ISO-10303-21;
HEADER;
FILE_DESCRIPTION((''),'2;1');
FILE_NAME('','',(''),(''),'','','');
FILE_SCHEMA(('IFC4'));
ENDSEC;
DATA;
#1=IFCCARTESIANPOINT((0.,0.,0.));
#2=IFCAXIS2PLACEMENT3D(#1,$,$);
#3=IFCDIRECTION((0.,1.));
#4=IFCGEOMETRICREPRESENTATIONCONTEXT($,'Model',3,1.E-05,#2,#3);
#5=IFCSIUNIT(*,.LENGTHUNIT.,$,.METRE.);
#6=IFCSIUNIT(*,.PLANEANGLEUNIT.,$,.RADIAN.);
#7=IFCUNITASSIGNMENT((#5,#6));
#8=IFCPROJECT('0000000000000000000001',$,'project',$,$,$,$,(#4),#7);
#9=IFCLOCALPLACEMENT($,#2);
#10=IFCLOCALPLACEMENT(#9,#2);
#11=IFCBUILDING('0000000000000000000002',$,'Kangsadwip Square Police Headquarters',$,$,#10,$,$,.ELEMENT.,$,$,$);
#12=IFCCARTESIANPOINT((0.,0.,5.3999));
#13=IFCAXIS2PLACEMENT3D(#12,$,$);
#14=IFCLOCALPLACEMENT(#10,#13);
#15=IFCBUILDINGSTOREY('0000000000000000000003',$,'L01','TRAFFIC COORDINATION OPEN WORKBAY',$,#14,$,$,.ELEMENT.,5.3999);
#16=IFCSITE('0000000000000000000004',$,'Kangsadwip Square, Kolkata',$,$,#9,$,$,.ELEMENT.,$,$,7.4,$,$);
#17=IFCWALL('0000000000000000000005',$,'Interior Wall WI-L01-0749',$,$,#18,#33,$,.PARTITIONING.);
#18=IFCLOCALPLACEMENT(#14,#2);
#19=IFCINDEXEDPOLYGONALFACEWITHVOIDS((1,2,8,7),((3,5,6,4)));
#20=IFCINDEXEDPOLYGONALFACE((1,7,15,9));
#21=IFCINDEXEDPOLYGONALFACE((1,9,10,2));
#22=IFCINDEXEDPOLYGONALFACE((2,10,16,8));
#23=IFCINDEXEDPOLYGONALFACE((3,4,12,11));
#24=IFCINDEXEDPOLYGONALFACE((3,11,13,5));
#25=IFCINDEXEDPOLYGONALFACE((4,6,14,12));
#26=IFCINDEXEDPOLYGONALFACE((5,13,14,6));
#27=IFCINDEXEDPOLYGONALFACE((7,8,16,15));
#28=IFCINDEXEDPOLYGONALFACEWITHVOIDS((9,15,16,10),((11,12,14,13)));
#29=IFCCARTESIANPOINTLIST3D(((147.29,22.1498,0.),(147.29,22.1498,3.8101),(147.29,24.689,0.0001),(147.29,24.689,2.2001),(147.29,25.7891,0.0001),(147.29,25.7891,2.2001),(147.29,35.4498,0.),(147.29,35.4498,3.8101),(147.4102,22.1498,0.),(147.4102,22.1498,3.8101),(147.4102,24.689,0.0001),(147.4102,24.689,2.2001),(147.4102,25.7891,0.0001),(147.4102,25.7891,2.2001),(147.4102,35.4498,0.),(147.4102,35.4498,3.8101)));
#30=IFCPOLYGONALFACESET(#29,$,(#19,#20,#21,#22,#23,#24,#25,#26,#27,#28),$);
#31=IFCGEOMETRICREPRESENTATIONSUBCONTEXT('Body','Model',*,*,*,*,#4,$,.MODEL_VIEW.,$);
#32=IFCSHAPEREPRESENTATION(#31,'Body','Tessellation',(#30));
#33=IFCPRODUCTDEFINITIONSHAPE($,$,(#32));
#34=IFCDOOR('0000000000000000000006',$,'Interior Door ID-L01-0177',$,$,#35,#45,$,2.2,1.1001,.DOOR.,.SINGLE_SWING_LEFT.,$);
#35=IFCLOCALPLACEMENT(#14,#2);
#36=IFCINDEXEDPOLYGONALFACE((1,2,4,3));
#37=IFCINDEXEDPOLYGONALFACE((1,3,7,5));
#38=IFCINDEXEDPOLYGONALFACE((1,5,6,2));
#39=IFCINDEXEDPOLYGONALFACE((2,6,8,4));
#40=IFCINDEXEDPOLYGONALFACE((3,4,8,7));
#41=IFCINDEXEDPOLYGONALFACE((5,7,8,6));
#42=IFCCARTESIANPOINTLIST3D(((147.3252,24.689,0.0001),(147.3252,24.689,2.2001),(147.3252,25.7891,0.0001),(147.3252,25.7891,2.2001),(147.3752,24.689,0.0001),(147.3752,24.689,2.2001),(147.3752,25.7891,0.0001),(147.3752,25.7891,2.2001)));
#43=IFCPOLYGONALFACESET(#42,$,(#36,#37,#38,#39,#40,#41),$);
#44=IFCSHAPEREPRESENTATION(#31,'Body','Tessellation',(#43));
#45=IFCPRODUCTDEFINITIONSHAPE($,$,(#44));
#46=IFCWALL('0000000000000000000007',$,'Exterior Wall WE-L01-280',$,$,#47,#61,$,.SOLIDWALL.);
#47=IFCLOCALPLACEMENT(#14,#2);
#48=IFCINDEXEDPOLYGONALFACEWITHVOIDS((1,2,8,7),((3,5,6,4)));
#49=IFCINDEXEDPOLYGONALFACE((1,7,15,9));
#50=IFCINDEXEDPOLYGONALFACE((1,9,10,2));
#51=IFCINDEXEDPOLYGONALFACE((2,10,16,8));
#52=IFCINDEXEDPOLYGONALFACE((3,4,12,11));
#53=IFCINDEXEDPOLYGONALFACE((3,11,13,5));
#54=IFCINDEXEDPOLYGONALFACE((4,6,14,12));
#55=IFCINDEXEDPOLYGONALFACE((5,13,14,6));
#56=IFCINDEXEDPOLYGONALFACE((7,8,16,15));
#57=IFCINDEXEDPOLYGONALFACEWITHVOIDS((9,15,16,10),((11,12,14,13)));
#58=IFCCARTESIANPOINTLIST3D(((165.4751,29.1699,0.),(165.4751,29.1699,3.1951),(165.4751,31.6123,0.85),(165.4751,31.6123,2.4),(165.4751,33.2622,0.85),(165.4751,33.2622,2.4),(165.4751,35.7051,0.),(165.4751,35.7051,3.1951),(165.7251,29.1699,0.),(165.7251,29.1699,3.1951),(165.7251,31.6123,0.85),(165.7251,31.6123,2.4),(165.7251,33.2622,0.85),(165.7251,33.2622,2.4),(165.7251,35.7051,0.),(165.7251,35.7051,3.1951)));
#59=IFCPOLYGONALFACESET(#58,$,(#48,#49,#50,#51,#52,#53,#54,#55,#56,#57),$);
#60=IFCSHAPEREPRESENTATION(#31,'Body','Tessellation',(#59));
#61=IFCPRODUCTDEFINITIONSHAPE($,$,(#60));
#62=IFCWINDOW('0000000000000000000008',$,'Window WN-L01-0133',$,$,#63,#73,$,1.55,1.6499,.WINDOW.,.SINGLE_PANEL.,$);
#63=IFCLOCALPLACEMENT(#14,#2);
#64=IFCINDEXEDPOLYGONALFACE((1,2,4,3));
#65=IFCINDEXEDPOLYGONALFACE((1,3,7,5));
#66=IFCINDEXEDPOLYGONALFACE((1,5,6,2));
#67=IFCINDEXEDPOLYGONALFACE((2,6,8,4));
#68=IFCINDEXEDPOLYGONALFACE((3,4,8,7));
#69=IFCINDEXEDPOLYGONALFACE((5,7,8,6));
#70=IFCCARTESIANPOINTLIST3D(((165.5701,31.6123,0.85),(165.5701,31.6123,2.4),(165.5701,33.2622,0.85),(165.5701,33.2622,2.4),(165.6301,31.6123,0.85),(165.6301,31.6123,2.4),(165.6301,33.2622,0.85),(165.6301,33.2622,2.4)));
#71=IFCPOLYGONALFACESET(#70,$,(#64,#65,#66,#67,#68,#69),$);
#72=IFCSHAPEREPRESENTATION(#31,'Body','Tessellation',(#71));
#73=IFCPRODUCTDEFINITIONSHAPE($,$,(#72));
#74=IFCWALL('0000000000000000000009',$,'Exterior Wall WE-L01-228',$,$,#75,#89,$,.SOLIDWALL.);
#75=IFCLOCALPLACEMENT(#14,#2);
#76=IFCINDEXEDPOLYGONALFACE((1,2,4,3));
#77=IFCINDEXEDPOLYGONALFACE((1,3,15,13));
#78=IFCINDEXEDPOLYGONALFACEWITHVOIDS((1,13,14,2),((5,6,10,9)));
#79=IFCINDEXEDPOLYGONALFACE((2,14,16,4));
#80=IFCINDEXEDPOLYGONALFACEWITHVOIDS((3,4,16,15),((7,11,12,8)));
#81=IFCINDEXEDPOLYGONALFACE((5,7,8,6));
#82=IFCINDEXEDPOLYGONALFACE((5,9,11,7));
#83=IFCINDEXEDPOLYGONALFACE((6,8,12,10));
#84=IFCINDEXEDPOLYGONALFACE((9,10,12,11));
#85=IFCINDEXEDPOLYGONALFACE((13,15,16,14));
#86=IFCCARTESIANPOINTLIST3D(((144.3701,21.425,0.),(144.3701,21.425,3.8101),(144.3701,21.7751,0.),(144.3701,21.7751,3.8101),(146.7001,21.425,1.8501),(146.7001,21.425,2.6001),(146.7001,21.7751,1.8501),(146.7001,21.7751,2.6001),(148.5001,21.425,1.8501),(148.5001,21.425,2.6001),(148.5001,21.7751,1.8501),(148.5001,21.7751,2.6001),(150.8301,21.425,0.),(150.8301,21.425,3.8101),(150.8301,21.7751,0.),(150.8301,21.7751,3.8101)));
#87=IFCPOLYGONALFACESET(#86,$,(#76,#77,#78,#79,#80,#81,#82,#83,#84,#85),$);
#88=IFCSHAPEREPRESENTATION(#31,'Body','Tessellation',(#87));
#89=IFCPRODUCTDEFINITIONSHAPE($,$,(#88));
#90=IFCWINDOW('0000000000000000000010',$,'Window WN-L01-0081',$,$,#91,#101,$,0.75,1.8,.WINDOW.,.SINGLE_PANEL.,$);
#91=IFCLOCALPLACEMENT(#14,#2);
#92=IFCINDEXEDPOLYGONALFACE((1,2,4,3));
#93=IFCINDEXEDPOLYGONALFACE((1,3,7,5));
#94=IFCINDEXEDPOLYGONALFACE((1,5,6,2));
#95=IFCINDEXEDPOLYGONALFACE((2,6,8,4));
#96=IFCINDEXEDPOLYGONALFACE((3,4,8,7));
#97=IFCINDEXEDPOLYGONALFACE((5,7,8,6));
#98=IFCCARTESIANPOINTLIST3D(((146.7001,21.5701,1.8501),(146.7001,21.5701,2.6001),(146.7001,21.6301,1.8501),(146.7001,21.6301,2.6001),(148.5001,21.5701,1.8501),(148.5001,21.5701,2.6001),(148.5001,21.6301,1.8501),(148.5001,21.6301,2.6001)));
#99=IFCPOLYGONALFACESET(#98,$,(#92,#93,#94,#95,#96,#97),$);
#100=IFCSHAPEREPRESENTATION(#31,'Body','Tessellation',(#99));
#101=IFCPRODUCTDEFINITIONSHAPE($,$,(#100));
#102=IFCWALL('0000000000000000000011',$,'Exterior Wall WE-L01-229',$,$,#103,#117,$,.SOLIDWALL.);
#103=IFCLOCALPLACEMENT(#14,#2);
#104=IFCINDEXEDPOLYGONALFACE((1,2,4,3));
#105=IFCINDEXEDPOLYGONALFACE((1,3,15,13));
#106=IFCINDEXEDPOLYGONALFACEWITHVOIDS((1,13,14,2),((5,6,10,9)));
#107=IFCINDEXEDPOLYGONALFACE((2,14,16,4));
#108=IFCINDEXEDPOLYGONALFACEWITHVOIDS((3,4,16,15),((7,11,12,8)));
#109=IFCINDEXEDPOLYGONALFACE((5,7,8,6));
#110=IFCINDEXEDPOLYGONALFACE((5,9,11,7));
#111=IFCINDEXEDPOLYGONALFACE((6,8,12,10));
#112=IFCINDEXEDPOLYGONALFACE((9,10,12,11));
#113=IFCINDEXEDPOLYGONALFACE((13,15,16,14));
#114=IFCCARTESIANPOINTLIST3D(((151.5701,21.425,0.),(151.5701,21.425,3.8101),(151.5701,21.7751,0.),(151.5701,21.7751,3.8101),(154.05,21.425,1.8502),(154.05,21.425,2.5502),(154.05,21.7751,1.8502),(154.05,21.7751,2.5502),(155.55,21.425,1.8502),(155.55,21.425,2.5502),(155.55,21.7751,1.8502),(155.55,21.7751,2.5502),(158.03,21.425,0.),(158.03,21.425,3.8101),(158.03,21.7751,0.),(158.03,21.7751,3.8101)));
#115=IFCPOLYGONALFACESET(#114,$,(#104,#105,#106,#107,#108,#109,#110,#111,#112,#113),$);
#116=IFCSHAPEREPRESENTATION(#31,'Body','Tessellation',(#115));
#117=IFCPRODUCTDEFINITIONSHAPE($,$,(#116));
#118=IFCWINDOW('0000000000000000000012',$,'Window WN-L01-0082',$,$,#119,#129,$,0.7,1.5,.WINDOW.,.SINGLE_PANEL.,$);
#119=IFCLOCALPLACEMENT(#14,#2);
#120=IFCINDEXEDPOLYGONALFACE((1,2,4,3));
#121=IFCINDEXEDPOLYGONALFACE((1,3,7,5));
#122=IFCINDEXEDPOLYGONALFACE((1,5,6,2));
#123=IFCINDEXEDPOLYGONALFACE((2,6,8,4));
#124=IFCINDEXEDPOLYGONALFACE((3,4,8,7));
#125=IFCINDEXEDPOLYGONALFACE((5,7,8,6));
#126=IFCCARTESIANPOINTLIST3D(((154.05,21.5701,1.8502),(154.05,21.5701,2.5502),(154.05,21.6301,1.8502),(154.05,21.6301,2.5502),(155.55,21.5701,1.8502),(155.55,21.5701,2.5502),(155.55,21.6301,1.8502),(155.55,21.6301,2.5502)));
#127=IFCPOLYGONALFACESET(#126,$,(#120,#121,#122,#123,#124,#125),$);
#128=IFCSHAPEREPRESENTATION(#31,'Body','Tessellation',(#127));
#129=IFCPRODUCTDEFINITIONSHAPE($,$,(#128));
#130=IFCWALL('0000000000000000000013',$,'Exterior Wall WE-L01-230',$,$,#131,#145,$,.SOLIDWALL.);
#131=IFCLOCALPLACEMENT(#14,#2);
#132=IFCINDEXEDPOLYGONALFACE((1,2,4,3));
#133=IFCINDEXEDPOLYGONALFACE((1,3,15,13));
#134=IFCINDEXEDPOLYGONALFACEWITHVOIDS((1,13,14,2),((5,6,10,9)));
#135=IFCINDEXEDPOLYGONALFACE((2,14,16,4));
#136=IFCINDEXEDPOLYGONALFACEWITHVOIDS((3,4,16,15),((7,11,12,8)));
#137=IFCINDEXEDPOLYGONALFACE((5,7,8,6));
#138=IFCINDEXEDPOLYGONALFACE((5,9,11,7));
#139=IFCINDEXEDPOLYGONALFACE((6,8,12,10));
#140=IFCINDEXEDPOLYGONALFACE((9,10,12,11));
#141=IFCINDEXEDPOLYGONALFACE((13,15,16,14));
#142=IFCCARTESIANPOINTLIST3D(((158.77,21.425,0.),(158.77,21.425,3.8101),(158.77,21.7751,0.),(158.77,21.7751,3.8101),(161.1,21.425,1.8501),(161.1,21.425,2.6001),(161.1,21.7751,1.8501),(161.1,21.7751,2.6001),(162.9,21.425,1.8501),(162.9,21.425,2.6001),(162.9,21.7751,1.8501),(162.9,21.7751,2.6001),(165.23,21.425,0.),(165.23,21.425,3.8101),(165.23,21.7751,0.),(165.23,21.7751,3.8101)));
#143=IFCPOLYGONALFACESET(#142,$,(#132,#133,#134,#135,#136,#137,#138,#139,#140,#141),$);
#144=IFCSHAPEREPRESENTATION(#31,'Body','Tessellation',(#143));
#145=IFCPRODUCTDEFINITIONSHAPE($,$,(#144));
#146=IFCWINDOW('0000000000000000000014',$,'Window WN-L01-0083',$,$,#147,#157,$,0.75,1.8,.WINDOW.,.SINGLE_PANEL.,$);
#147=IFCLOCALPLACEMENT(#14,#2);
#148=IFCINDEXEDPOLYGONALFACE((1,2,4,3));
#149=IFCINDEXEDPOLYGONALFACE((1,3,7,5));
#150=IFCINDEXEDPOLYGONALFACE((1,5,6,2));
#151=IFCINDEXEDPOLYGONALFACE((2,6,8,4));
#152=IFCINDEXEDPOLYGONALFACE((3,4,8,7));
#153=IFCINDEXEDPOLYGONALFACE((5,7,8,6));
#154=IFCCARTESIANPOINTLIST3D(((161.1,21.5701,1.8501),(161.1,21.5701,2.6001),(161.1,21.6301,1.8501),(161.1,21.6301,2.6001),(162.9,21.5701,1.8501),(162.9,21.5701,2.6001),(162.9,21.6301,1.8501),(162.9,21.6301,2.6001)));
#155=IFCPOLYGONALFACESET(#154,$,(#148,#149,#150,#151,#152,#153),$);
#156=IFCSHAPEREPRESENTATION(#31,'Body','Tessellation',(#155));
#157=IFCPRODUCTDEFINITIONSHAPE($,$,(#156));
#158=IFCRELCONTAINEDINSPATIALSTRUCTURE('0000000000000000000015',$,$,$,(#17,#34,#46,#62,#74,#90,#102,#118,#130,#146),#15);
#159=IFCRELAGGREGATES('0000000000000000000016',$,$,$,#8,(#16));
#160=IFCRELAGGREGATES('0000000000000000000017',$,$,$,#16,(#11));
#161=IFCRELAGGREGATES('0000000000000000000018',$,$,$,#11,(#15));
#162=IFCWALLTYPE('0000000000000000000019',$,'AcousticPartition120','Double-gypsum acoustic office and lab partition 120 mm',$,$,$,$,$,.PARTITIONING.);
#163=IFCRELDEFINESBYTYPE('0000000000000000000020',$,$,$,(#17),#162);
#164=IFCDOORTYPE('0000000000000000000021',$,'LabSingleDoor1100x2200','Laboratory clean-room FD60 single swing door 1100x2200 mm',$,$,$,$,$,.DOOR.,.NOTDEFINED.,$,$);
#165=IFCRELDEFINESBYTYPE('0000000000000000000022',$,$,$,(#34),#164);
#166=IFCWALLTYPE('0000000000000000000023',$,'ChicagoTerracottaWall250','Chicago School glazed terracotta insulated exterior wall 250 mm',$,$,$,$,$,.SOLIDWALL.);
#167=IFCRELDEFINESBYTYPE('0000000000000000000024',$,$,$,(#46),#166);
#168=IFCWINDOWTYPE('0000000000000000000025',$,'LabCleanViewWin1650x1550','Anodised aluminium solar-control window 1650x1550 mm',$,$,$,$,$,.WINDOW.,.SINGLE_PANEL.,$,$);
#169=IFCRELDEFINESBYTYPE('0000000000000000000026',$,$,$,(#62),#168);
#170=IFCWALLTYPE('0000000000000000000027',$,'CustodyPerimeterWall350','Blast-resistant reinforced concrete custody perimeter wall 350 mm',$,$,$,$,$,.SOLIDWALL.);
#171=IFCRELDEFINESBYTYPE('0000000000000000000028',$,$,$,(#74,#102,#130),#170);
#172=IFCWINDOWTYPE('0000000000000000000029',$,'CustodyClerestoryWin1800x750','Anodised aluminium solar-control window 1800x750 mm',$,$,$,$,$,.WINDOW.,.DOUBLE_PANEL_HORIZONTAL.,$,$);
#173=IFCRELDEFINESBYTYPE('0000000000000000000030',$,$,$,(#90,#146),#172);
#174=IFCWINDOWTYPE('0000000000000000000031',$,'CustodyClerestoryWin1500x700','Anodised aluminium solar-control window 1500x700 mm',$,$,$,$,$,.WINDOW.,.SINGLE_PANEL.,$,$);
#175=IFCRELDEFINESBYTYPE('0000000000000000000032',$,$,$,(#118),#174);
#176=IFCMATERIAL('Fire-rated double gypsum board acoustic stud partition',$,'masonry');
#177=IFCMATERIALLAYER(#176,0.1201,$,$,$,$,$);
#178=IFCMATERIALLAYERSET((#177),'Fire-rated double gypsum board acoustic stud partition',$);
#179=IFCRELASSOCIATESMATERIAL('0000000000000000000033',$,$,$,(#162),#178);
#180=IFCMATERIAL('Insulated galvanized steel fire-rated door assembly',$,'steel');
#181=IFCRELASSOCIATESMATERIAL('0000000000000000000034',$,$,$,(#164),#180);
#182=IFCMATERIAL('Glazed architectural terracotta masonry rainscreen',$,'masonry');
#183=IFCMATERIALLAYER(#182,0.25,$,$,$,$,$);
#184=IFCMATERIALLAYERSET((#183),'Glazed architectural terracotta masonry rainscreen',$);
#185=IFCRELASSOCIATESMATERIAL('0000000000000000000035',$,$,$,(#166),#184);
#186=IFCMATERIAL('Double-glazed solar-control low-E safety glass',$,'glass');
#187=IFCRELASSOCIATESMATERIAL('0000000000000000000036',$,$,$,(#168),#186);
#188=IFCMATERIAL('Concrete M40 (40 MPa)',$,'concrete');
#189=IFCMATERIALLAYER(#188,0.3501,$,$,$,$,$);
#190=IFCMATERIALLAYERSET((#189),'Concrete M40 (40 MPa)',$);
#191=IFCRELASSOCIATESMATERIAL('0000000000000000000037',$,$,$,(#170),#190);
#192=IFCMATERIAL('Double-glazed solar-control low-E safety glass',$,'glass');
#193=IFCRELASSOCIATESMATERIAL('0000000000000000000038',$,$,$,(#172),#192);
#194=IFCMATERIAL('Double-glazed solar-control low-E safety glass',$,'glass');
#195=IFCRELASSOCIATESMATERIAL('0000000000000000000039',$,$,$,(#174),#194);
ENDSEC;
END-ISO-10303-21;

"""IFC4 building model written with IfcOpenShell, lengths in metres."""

from ifc_helpers import new_model, si_unit, direction, frame, frame_2d, origin, place, context, subcontext, project, spatial, rectangle, extrude, material, layer, layer_set, type_object, element, fill, save


model = new_model("IFC4")

# Units and contexts
model_context = context("Model", 3, precision=1e-05, world=origin(), true_north=direction((0.0, 1.0)))
body_context = subcontext(model_context, "Body", "Model", "MODEL_VIEW")
ifc_project = project(units=[si_unit("LENGTHUNIT", "METRE"), si_unit("PLANEANGLEUNIT", "RADIAN")], contexts=[model_context])

# Site, building, storey
site_placement = place(None, origin())
site = spatial("IfcSite", under=ifc_project, at=site_placement, Name="Kangsadwip Square, Kolkata", CompositionType="ELEMENT", RefElevation=7.4)
building_placement = place(site_placement, origin())
building = spatial("IfcBuilding", under=site, at=building_placement, Name="Kangsadwip Square Police Headquarters", CompositionType="ELEMENT")
storey_placement = place(building_placement, frame((0.0, 0.0, 5.3999)))
storey = spatial("IfcBuildingStorey", under=building, at=storey_placement, Name="L01", Description="TRAFFIC COORDINATION OPEN WORKBAY", CompositionType="ELEMENT", Elevation=5.3999)

# Wall, opening, door
ifc_material_1 = material(Name="Fire-rated double gypsum board acoustic stud partition", Category="masonry")
ifc_layer_1 = layer(ifc_material_1, 0.1201)
ifc_layer_set_1 = layer_set([ifc_layer_1], Name="Fire-rated double gypsum board acoustic stud partition")
wall_type_1 = type_object("IfcWallType", Name="AcousticPartition120", Description="Double-gypsum acoustic office and lab partition 120 mm", PredefinedType="PARTITIONING", material=ifc_layer_set_1)
wall_1_placement = place(storey_placement, frame((147.3501, 22.1499, 0.0), z_axis=(0.0, 0.0, 1.0), x_axis=(0.0, 1.0, 0.0)))
wall_1 = element("IfcWall", 1, at=wall_1_placement, inside=storey, type_object=wall_type_1, Name="Interior Wall WI-L01-0749", PredefinedType="PARTITIONING", context=body_context, shape_type="SweptSolid", body=[
    extrude(rectangle(XDim=13.3, YDim=0.1201, at=frame_2d((6.6499, 0.0))), origin(), (0.0, 0.0, 1.0), 3.8101),
])
opening_1_placement = place(wall_1_placement, frame((2.5391, 0.0, 0.0)))
opening_1 = element("IfcOpeningElement", 2, at=opening_1_placement, cuts=wall_1, PredefinedType="OPENING", context=body_context, shape_type="SweptSolid", body=[
    extrude(rectangle(XDim=1.1001, YDim=2.2, at=frame_2d((0.55, 1.1001))), frame((0.0, 0.0701, 0.0), z_axis=(0.0, -1.0, 0.0), x_axis=(1.0, 0.0, 0.0)), (0.0, 0.0, 1.0), 0.1401),
])
ifc_material_2 = material(Name="Insulated galvanized steel fire-rated door assembly", Category="steel")
door_type = type_object("IfcDoorType", Name="LabSingleDoor1100x2200", Description="Laboratory clean-room FD60 single swing door 1100x2200 mm", OperationType="NOTDEFINED", PredefinedType="DOOR", material=ifc_material_2)
door_placement = place(opening_1_placement, origin())
door = element("IfcDoor", 3, at=door_placement, inside=storey, type_object=door_type, Name="Interior Door ID-L01-0177", OperationType="SINGLE_SWING_LEFT", OverallHeight=2.2, OverallWidth=1.1001, PredefinedType="DOOR", context=body_context, shape_type="SweptSolid", body=[
    extrude(rectangle(XDim=1.1001, YDim=2.2, at=frame_2d((0.55, 1.1001))), frame((0.0, 0.0249, 0.0), z_axis=(0.0, -1.0, 0.0), x_axis=(1.0, 0.0, 0.0)), (0.0, 0.0, 1.0), 0.05),
])
fill(opening_1, door)

# Walls, openings, windows
ifc_material_3 = material(Name="Glazed architectural terracotta masonry rainscreen", Category="masonry")
ifc_layer_2 = layer(ifc_material_3, 0.25)
ifc_layer_set_2 = layer_set([ifc_layer_2], Name="Glazed architectural terracotta masonry rainscreen")
wall_type_2 = type_object("IfcWallType", Name="ChicagoTerracottaWall250", Description="Chicago School glazed terracotta insulated exterior wall 250 mm", PredefinedType="SOLIDWALL", material=ifc_layer_set_2)
wall_2_placement = place(storey_placement, frame((165.6001, 29.1699, 0.0), z_axis=(0.0, 0.0, 1.0), x_axis=(0.0, 1.0, 0.0)))
wall_2 = element("IfcWall", 4, at=wall_2_placement, inside=storey, type_object=wall_type_2, Name="Exterior Wall WE-L01-280", PredefinedType="SOLIDWALL", context=body_context, shape_type="SweptSolid", body=[
    extrude(rectangle(XDim=6.5352, YDim=0.25, at=frame_2d((3.2676, 0.0))), origin(), (0.0, 0.0, 1.0), 3.1951),
])
opening_2_placement = place(wall_2_placement, frame((2.4424, 0.0, 0.8501)))
opening_2 = element("IfcOpeningElement", 5, at=opening_2_placement, cuts=wall_2, PredefinedType="OPENING", context=body_context, shape_type="SweptSolid", body=[
    extrude(rectangle(XDim=1.6499, YDim=1.55, at=frame_2d((0.825, 0.7749))), frame((0.0, 0.135, 0.0), z_axis=(0.0, -1.0, 0.0), x_axis=(1.0, 0.0, 0.0)), (0.0, 0.0, 1.0), 0.27),
])
ifc_material_4 = material(Name="Double-glazed solar-control low-E safety glass", Category="glass")
window_type_1 = type_object("IfcWindowType", Name="LabCleanViewWin1650x1550", Description="Anodised aluminium solar-control window 1650x1550 mm", PartitioningType="SINGLE_PANEL", PredefinedType="WINDOW", material=ifc_material_4)
window_1_placement = place(opening_2_placement, origin())
window_1 = element("IfcWindow", 6, at=window_1_placement, inside=storey, type_object=window_type_1, Name="Window WN-L01-0133", OverallHeight=1.55, OverallWidth=1.6499, PartitioningType="SINGLE_PANEL", PredefinedType="WINDOW", context=body_context, shape_type="SweptSolid", body=[
    extrude(rectangle(XDim=1.6499, YDim=1.55, at=frame_2d((0.825, 0.7749))), frame((0.0, 0.03, 0.0), z_axis=(0.0, -1.0, 0.0), x_axis=(1.0, 0.0, 0.0)), (0.0, 0.0, 1.0), 0.0601),
])
fill(opening_2, window_1)
ifc_material_5 = material(Name="Concrete M40 (40 MPa)", Category="concrete")
ifc_layer_3 = layer(ifc_material_5, 0.3501)
ifc_layer_set_3 = layer_set([ifc_layer_3], Name="Concrete M40 (40 MPa)")
wall_type_3 = type_object("IfcWallType", Name="CustodyPerimeterWall350", Description="Blast-resistant reinforced concrete custody perimeter wall 350 mm", PredefinedType="SOLIDWALL", material=ifc_layer_set_3)
wall_3_placement = place(storey_placement, frame((144.3701, 21.6001, 0.0), z_axis=(0.0, 0.0, 1.0), x_axis=(1.0, 0.0, 0.0)))
wall_3 = element("IfcWall", 7, at=wall_3_placement, inside=storey, type_object=wall_type_3, Name="Exterior Wall WE-L01-228", PredefinedType="SOLIDWALL", context=body_context, shape_type="SweptSolid", body=[
    extrude(rectangle(XDim=6.46, YDim=0.3501, at=frame_2d((3.23, 0.0))), origin(), (0.0, 0.0, 1.0), 3.8101),
])
opening_3_placement = place(wall_3_placement, frame((2.3301, 0.0, 1.8501)))
opening_3 = element("IfcOpeningElement", 8, at=opening_3_placement, cuts=wall_3, PredefinedType="OPENING", context=body_context, shape_type="SweptSolid", body=[
    extrude(rectangle(XDim=1.8, YDim=0.75, at=frame_2d((0.8999, 0.375))), frame((0.0, 0.1851, 0.0), z_axis=(0.0, -1.0, 0.0), x_axis=(1.0, 0.0, 0.0)), (0.0, 0.0, 1.0), 0.3701),
])
ifc_material_6 = material(Name="Double-glazed solar-control low-E safety glass", Category="glass")
window_type_2 = type_object("IfcWindowType", Name="CustodyClerestoryWin1800x750", Description="Anodised aluminium solar-control window 1800x750 mm", PartitioningType="DOUBLE_PANEL_HORIZONTAL", PredefinedType="WINDOW", material=ifc_material_6)
window_2_placement = place(opening_3_placement, origin())
window_2 = element("IfcWindow", 9, at=window_2_placement, inside=storey, type_object=window_type_2, Name="Window WN-L01-0081", OverallHeight=0.75, OverallWidth=1.8, PartitioningType="SINGLE_PANEL", PredefinedType="WINDOW", context=body_context, shape_type="SweptSolid", body=[
    extrude(rectangle(XDim=1.8, YDim=0.75, at=frame_2d((0.8999, 0.375))), frame((0.0, 0.03, 0.0), z_axis=(0.0, -1.0, 0.0), x_axis=(1.0, 0.0, 0.0)), (0.0, 0.0, 1.0), 0.0601),
])
fill(opening_3, window_2)
wall_4_placement = place(storey_placement, frame((151.5701, 21.6001, 0.0), z_axis=(0.0, 0.0, 1.0), x_axis=(1.0, 0.0, 0.0)))
wall_4 = element("IfcWall", 10, at=wall_4_placement, inside=storey, type_object=wall_type_3, Name="Exterior Wall WE-L01-229", PredefinedType="SOLIDWALL", context=body_context, shape_type="SweptSolid", body=[
    extrude(rectangle(XDim=6.46, YDim=0.3501, at=frame_2d((3.23, 0.0))), origin(), (0.0, 0.0, 1.0), 3.8101),
])
opening_4_placement = place(wall_4_placement, frame((2.48, 0.0, 1.8501)))
opening_4 = element("IfcOpeningElement", 11, at=opening_4_placement, cuts=wall_4, PredefinedType="OPENING", context=body_context, shape_type="SweptSolid", body=[
    extrude(rectangle(XDim=1.5, YDim=0.7, at=frame_2d((0.75, 0.3501))), frame((0.0, 0.1851, 0.0), z_axis=(0.0, -1.0, 0.0), x_axis=(1.0, 0.0, 0.0)), (0.0, 0.0, 1.0), 0.3701),
])
ifc_material_7 = material(Name="Double-glazed solar-control low-E safety glass", Category="glass")
window_type_3 = type_object("IfcWindowType", Name="CustodyClerestoryWin1500x700", Description="Anodised aluminium solar-control window 1500x700 mm", PartitioningType="SINGLE_PANEL", PredefinedType="WINDOW", material=ifc_material_7)
window_3_placement = place(opening_4_placement, origin())
window_3 = element("IfcWindow", 12, at=window_3_placement, inside=storey, type_object=window_type_3, Name="Window WN-L01-0082", OverallHeight=0.7, OverallWidth=1.5, PartitioningType="SINGLE_PANEL", PredefinedType="WINDOW", context=body_context, shape_type="SweptSolid", body=[
    extrude(rectangle(XDim=1.5, YDim=0.7, at=frame_2d((0.75, 0.3501))), frame((0.0, 0.03, 0.0), z_axis=(0.0, -1.0, 0.0), x_axis=(1.0, 0.0, 0.0)), (0.0, 0.0, 1.0), 0.0601),
])
fill(opening_4, window_3)
wall_5_placement = place(storey_placement, frame((158.77, 21.6001, 0.0), z_axis=(0.0, 0.0, 1.0), x_axis=(1.0, 0.0, 0.0)))
wall_5 = element("IfcWall", 13, at=wall_5_placement, inside=storey, type_object=wall_type_3, Name="Exterior Wall WE-L01-230", PredefinedType="SOLIDWALL", context=body_context, shape_type="SweptSolid", body=[
    extrude(rectangle(XDim=6.46, YDim=0.3501, at=frame_2d((3.23, 0.0))), origin(), (0.0, 0.0, 1.0), 3.8101),
])
opening_5_placement = place(wall_5_placement, frame((2.3301, 0.0, 1.8501)))
opening_5 = element("IfcOpeningElement", 14, at=opening_5_placement, cuts=wall_5, PredefinedType="OPENING", context=body_context, shape_type="SweptSolid", body=[
    extrude(rectangle(XDim=1.8, YDim=0.75, at=frame_2d((0.8999, 0.375))), frame((0.0, 0.1851, 0.0), z_axis=(0.0, -1.0, 0.0), x_axis=(1.0, 0.0, 0.0)), (0.0, 0.0, 1.0), 0.3701),
])
window_4_placement = place(opening_5_placement, origin())
window_4 = element("IfcWindow", 15, at=window_4_placement, inside=storey, type_object=window_type_2, Name="Window WN-L01-0083", OverallHeight=0.75, OverallWidth=1.8, PartitioningType="SINGLE_PANEL", PredefinedType="WINDOW", context=body_context, shape_type="SweptSolid", body=[
    extrude(rectangle(XDim=1.8, YDim=0.75, at=frame_2d((0.8999, 0.375))), frame((0.0, 0.03, 0.0), z_axis=(0.0, -1.0, 0.0), x_axis=(1.0, 0.0, 0.0)), (0.0, 0.0, 1.0), 0.0601),
])
fill(opening_5, window_4)

save(model, "model.ifc")
